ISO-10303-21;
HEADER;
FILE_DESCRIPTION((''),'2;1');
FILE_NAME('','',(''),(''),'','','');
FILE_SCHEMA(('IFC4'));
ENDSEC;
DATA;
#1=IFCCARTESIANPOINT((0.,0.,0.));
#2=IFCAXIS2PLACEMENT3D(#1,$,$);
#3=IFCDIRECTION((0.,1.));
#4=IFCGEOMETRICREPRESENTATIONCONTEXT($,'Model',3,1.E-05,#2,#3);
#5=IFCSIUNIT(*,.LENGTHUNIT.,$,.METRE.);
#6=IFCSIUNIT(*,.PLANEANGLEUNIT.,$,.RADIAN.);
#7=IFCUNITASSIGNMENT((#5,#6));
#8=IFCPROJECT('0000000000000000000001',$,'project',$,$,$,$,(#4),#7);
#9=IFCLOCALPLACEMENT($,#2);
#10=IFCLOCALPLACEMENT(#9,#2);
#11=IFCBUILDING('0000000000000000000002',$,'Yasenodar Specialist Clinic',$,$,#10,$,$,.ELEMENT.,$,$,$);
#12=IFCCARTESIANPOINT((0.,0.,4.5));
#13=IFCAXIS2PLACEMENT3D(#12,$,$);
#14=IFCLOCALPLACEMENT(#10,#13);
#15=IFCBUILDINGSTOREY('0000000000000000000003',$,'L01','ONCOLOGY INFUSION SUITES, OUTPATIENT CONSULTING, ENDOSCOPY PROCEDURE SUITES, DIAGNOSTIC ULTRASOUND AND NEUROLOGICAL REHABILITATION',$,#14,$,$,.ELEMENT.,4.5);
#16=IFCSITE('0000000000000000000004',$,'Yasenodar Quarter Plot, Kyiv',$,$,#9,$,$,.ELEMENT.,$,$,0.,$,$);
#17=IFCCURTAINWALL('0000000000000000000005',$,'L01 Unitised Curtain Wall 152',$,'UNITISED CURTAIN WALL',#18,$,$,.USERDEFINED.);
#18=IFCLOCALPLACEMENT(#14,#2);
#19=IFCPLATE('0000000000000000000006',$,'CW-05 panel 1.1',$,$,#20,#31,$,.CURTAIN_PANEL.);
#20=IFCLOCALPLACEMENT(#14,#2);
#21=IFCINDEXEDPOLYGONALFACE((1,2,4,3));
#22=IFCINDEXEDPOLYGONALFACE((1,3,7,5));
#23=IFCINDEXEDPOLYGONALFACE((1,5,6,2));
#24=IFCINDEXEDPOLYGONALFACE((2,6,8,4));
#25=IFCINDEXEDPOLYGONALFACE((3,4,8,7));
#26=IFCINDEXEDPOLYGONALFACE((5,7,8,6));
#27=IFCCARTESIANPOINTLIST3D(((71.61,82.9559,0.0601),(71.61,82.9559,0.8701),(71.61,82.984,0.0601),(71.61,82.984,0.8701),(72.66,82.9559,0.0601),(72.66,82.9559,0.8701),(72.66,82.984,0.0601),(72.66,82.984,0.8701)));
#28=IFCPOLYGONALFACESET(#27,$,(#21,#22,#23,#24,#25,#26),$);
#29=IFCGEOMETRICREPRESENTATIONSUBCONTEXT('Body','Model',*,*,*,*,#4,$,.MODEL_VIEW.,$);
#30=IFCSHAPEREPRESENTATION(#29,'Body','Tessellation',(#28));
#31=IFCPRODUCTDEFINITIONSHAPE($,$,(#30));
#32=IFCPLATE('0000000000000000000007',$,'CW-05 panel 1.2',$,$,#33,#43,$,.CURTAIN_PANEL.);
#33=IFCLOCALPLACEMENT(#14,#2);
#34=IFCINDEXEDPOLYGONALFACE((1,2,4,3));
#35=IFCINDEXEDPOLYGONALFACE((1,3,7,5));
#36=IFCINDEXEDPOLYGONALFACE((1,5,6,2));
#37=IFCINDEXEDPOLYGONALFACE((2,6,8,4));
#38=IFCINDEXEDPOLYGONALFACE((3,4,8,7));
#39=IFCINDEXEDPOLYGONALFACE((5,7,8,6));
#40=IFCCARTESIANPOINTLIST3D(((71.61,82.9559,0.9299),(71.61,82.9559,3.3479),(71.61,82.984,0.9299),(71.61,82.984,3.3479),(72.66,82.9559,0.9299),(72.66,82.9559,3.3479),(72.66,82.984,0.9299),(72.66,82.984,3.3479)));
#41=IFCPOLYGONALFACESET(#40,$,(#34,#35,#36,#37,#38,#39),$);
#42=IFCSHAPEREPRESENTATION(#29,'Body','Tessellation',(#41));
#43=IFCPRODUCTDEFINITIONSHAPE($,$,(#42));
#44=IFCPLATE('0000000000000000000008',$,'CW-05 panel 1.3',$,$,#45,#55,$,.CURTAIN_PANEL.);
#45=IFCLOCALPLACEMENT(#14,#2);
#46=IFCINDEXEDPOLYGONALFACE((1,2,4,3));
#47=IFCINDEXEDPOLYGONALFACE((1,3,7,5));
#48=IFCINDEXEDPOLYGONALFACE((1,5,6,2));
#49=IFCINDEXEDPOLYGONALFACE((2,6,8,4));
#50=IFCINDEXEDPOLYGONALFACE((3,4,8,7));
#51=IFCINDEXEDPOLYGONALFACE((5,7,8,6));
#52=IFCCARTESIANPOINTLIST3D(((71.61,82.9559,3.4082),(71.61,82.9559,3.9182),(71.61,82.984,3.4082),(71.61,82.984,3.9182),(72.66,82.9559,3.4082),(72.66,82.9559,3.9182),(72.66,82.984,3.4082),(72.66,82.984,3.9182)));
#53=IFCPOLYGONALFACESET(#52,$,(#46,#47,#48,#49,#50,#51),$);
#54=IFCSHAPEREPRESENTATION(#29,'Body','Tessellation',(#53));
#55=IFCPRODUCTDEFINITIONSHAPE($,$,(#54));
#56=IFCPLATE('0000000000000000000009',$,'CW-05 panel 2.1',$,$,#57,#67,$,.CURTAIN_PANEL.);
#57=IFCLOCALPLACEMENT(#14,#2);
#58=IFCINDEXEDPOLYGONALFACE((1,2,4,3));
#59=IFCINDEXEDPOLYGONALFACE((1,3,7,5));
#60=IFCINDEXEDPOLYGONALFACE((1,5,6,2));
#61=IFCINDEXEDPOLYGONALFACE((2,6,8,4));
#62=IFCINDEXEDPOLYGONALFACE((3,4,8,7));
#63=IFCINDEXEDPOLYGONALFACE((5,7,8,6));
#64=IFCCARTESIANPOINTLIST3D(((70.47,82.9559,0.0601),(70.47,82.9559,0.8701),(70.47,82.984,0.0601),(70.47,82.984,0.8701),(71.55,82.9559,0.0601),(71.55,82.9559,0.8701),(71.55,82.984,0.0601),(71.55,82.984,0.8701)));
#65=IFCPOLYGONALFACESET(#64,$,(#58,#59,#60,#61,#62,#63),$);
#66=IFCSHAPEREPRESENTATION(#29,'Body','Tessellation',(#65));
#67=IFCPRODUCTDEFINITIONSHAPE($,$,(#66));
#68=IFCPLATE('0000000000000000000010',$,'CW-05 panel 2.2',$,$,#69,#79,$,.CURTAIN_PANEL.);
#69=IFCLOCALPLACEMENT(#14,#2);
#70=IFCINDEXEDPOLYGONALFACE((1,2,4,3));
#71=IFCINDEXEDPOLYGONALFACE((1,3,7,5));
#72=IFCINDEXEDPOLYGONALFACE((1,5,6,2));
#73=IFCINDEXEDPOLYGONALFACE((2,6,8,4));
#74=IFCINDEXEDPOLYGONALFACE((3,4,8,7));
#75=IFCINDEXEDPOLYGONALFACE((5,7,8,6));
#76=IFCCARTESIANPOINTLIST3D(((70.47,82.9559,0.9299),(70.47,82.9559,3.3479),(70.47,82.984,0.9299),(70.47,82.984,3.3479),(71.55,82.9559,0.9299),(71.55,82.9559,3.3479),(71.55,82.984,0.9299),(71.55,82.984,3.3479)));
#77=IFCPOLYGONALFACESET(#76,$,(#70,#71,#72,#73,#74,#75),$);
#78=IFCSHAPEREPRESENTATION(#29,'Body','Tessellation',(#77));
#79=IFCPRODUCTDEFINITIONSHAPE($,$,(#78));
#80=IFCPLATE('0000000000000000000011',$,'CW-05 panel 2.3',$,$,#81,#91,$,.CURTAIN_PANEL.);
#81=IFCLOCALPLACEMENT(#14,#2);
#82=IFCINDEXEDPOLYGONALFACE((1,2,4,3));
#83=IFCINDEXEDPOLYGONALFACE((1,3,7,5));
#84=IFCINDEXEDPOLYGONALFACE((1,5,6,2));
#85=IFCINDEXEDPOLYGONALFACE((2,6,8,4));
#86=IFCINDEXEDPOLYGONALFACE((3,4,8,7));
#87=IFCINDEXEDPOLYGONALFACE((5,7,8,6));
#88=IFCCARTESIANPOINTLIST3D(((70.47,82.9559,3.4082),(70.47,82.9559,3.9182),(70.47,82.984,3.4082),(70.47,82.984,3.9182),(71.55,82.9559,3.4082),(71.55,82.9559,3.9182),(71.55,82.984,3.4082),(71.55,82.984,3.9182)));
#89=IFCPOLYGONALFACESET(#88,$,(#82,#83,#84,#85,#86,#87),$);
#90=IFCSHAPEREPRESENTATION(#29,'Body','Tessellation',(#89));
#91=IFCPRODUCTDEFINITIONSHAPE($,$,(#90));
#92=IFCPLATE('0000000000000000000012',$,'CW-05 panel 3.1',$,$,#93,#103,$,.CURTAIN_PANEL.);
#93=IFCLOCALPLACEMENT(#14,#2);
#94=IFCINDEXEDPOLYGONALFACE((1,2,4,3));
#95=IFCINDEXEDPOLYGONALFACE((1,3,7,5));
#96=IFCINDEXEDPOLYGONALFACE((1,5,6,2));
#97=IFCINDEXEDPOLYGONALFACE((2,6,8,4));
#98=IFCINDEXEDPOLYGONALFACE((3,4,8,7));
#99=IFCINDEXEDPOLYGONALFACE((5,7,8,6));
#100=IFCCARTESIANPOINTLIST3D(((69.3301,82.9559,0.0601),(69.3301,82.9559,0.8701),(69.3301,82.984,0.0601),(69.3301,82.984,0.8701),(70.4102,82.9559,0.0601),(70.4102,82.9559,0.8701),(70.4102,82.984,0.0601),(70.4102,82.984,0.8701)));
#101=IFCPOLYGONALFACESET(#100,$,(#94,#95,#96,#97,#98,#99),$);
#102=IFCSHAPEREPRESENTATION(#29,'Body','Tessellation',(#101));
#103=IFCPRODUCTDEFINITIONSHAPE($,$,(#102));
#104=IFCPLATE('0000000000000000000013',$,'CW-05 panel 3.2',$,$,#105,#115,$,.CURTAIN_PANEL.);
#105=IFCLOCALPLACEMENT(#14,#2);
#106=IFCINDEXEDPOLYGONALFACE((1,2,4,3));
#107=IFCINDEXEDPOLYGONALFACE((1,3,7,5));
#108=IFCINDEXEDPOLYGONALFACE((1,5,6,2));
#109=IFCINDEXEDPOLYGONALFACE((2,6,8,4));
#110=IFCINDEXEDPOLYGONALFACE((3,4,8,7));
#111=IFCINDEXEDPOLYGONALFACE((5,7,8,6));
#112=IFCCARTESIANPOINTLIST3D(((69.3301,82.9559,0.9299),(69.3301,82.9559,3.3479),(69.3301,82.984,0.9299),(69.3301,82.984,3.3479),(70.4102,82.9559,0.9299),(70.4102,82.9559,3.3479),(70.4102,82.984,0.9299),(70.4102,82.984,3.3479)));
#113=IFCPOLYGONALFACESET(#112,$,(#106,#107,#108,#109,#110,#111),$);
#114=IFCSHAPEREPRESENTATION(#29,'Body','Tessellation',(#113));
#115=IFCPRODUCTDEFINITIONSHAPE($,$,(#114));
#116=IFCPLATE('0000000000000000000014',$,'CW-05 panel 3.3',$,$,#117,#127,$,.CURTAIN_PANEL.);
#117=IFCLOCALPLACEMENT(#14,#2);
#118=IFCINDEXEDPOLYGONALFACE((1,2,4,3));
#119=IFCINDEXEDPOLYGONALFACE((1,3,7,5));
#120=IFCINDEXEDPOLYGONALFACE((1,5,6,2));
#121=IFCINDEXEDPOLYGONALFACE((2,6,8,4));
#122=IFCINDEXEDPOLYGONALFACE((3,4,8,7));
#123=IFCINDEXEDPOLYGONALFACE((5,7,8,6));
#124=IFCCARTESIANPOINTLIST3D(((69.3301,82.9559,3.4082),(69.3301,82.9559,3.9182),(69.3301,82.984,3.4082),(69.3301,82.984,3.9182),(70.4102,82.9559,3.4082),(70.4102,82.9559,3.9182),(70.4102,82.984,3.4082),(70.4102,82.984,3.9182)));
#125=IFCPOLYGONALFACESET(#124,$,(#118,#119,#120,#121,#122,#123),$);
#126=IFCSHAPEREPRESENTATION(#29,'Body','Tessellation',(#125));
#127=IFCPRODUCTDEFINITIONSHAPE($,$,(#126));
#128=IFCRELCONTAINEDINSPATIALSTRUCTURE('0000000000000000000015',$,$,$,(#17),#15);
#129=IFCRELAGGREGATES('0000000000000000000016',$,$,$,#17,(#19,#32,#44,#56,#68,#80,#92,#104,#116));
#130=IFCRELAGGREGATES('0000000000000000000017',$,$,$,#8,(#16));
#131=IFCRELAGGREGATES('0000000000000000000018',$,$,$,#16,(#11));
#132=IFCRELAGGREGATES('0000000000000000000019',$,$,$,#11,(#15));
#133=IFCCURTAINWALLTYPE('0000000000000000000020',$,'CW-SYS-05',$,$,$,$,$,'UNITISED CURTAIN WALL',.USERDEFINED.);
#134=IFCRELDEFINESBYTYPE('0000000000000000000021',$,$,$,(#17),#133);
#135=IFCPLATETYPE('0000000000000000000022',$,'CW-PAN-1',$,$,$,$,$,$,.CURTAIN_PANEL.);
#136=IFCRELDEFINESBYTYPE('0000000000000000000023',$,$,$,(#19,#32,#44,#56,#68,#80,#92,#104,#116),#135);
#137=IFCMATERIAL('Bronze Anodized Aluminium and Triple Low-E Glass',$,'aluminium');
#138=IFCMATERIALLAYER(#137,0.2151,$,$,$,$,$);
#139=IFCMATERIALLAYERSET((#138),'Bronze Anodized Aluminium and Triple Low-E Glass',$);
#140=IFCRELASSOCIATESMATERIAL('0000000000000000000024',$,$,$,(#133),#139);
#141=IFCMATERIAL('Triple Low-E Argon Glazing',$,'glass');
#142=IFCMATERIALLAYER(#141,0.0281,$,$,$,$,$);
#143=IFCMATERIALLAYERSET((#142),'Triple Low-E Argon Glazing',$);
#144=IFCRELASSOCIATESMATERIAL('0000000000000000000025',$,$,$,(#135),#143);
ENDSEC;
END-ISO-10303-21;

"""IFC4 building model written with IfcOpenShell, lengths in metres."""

from ifc_helpers import new_model, si_unit, direction, frame, origin, origin_2d, place, context, subcontext, project, spatial, rectangle, extrude, material, layer, layer_set, type_object, element, aggregate, save


model = new_model("IFC4")

# Units and contexts
model_context = context("Model", 3, precision=1e-05, world=origin(), true_north=direction((0.0, 1.0)))
body_context = subcontext(model_context, "Body", "Model", "MODEL_VIEW")
ifc_project = project(units=[si_unit("LENGTHUNIT", "METRE"), si_unit("PLANEANGLEUNIT", "RADIAN")], contexts=[model_context])

# Site, building, storey
site_placement = place(None, origin())
site = spatial("IfcSite", under=ifc_project, at=site_placement, Name="Yasenodar Quarter Plot, Kyiv", CompositionType="ELEMENT", RefElevation=0.0)
building_placement = place(site_placement, origin())
building = spatial("IfcBuilding", under=site, at=building_placement, Name="Yasenodar Specialist Clinic", CompositionType="ELEMENT")
storey_placement = place(building_placement, frame((0.0, 0.0, 4.5)))
storey = spatial("IfcBuildingStorey", under=building, at=storey_placement, Name="L01", Description="ONCOLOGY INFUSION SUITES, OUTPATIENT CONSULTING, ENDOSCOPY PROCEDURE SUITES, DIAGNOSTIC ULTRASOUND AND NEUROLOGICAL REHABILITATION", CompositionType="ELEMENT", Elevation=4.5)

# Curtain wall, plates
ifc_material_1 = material(Name="Bronze Anodized Aluminium and Triple Low-E Glass", Category="aluminium")
ifc_layer_1 = layer(ifc_material_1, 0.2151)
ifc_layer_set_1 = layer_set([ifc_layer_1], Name="Bronze Anodized Aluminium and Triple Low-E Glass")
curtain_wall_type = type_object("IfcCurtainWallType", Name="CW-SYS-05", ElementType="UNITISED CURTAIN WALL", PredefinedType="USERDEFINED", material=ifc_layer_set_1)
curtain_wall_placement = place(storey_placement, origin())
curtain_wall = element("IfcCurtainWall", 1, at=curtain_wall_placement, inside=storey, type_object=curtain_wall_type, Name="L01 Unitised Curtain Wall 152", ObjectType="UNITISED CURTAIN WALL", PredefinedType="USERDEFINED")
ifc_material_2 = material(Name="Triple Low-E Argon Glazing", Category="glass")
ifc_layer_2 = layer(ifc_material_2, 0.0281)
ifc_layer_set_2 = layer_set([ifc_layer_2], Name="Triple Low-E Argon Glazing")
plate_type = type_object("IfcPlateType", Name="CW-PAN-1", PredefinedType="CURTAIN_PANEL", material=ifc_layer_set_2)
plate_1_placement = place(storey_placement, frame((72.135, 82.97, 0.0601), z_axis=(0.0, 0.0, 1.0), x_axis=(-1.0, 0.0, 0.0)))
plate_1 = element("IfcPlate", 2, at=plate_1_placement, type_object=plate_type, Name="CW-05 panel 1.1", PredefinedType="CURTAIN_PANEL", context=body_context, shape_type="SweptSolid", body=[
    extrude(rectangle(XDim=1.05, YDim=0.0281, at=origin_2d()), origin(), (0.0, 0.0, 1.0), 0.8101),
])
plate_2_placement = place(storey_placement, frame((72.135, 82.97, 0.9299), z_axis=(0.0, 0.0, 1.0), x_axis=(-1.0, 0.0, 0.0)))
plate_2 = element("IfcPlate", 3, at=plate_2_placement, type_object=plate_type, Name="CW-05 panel 1.2", PredefinedType="CURTAIN_PANEL", context=body_context, shape_type="SweptSolid", body=[
    extrude(rectangle(XDim=1.05, YDim=0.0281, at=origin_2d()), origin(), (0.0, 0.0, 1.0), 2.418),
])
plate_3_placement = place(storey_placement, frame((72.135, 82.97, 3.4082), z_axis=(0.0, 0.0, 1.0), x_axis=(-1.0, 0.0, 0.0)))
plate_3 = element("IfcPlate", 4, at=plate_3_placement, type_object=plate_type, Name="CW-05 panel 1.3", PredefinedType="CURTAIN_PANEL", context=body_context, shape_type="SweptSolid", body=[
    extrude(rectangle(XDim=1.05, YDim=0.0281, at=origin_2d()), origin(), (0.0, 0.0, 1.0), 0.51),
])
plate_4_placement = place(storey_placement, frame((71.01, 82.97, 0.0601), z_axis=(0.0, 0.0, 1.0), x_axis=(-1.0, 0.0, 0.0)))
plate_4 = element("IfcPlate", 5, at=plate_4_placement, type_object=plate_type, Name="CW-05 panel 2.1", PredefinedType="CURTAIN_PANEL", context=body_context, shape_type="SweptSolid", body=[
    extrude(rectangle(XDim=1.0801, YDim=0.0281, at=origin_2d()), origin(), (0.0, 0.0, 1.0), 0.8101),
])
plate_5_placement = place(storey_placement, frame((71.01, 82.97, 0.9299), z_axis=(0.0, 0.0, 1.0), x_axis=(-1.0, 0.0, 0.0)))
plate_5 = element("IfcPlate", 6, at=plate_5_placement, type_object=plate_type, Name="CW-05 panel 2.2", PredefinedType="CURTAIN_PANEL", context=body_context, shape_type="SweptSolid", body=[
    extrude(rectangle(XDim=1.0801, YDim=0.0281, at=origin_2d()), origin(), (0.0, 0.0, 1.0), 2.418),
])
plate_6_placement = place(storey_placement, frame((71.01, 82.97, 3.4082), z_axis=(0.0, 0.0, 1.0), x_axis=(-1.0, 0.0, 0.0)))
plate_6 = element("IfcPlate", 7, at=plate_6_placement, type_object=plate_type, Name="CW-05 panel 2.3", PredefinedType="CURTAIN_PANEL", context=body_context, shape_type="SweptSolid", body=[
    extrude(rectangle(XDim=1.0801, YDim=0.0281, at=origin_2d()), origin(), (0.0, 0.0, 1.0), 0.51),
])
plate_7_placement = place(storey_placement, frame((69.8701, 82.97, 0.0601), z_axis=(0.0, 0.0, 1.0), x_axis=(-1.0, 0.0, 0.0)))
plate_7 = element("IfcPlate", 8, at=plate_7_placement, type_object=plate_type, Name="CW-05 panel 3.1", PredefinedType="CURTAIN_PANEL", context=body_context, shape_type="SweptSolid", body=[
    extrude(rectangle(XDim=1.0801, YDim=0.0281, at=origin_2d()), origin(), (0.0, 0.0, 1.0), 0.8101),
])
plate_8_placement = place(storey_placement, frame((69.8701, 82.97, 0.9299), z_axis=(0.0, 0.0, 1.0), x_axis=(-1.0, 0.0, 0.0)))
plate_8 = element("IfcPlate", 9, at=plate_8_placement, type_object=plate_type, Name="CW-05 panel 3.2", PredefinedType="CURTAIN_PANEL", context=body_context, shape_type="SweptSolid", body=[
    extrude(rectangle(XDim=1.0801, YDim=0.0281, at=origin_2d()), origin(), (0.0, 0.0, 1.0), 2.418),
])
plate_9_placement = place(storey_placement, frame((69.8701, 82.97, 3.4082), z_axis=(0.0, 0.0, 1.0), x_axis=(-1.0, 0.0, 0.0)))
plate_9 = element("IfcPlate", 10, at=plate_9_placement, type_object=plate_type, Name="CW-05 panel 3.3", PredefinedType="CURTAIN_PANEL", context=body_context, shape_type="SweptSolid", body=[
    extrude(rectangle(XDim=1.0801, YDim=0.0281, at=origin_2d()), origin(), (0.0, 0.0, 1.0), 0.51),
])
aggregate(curtain_wall, [plate_1, plate_2, plate_3, plate_4, plate_5, plate_6, plate_7, plate_8, plate_9])

save(model, "model.ifc")
